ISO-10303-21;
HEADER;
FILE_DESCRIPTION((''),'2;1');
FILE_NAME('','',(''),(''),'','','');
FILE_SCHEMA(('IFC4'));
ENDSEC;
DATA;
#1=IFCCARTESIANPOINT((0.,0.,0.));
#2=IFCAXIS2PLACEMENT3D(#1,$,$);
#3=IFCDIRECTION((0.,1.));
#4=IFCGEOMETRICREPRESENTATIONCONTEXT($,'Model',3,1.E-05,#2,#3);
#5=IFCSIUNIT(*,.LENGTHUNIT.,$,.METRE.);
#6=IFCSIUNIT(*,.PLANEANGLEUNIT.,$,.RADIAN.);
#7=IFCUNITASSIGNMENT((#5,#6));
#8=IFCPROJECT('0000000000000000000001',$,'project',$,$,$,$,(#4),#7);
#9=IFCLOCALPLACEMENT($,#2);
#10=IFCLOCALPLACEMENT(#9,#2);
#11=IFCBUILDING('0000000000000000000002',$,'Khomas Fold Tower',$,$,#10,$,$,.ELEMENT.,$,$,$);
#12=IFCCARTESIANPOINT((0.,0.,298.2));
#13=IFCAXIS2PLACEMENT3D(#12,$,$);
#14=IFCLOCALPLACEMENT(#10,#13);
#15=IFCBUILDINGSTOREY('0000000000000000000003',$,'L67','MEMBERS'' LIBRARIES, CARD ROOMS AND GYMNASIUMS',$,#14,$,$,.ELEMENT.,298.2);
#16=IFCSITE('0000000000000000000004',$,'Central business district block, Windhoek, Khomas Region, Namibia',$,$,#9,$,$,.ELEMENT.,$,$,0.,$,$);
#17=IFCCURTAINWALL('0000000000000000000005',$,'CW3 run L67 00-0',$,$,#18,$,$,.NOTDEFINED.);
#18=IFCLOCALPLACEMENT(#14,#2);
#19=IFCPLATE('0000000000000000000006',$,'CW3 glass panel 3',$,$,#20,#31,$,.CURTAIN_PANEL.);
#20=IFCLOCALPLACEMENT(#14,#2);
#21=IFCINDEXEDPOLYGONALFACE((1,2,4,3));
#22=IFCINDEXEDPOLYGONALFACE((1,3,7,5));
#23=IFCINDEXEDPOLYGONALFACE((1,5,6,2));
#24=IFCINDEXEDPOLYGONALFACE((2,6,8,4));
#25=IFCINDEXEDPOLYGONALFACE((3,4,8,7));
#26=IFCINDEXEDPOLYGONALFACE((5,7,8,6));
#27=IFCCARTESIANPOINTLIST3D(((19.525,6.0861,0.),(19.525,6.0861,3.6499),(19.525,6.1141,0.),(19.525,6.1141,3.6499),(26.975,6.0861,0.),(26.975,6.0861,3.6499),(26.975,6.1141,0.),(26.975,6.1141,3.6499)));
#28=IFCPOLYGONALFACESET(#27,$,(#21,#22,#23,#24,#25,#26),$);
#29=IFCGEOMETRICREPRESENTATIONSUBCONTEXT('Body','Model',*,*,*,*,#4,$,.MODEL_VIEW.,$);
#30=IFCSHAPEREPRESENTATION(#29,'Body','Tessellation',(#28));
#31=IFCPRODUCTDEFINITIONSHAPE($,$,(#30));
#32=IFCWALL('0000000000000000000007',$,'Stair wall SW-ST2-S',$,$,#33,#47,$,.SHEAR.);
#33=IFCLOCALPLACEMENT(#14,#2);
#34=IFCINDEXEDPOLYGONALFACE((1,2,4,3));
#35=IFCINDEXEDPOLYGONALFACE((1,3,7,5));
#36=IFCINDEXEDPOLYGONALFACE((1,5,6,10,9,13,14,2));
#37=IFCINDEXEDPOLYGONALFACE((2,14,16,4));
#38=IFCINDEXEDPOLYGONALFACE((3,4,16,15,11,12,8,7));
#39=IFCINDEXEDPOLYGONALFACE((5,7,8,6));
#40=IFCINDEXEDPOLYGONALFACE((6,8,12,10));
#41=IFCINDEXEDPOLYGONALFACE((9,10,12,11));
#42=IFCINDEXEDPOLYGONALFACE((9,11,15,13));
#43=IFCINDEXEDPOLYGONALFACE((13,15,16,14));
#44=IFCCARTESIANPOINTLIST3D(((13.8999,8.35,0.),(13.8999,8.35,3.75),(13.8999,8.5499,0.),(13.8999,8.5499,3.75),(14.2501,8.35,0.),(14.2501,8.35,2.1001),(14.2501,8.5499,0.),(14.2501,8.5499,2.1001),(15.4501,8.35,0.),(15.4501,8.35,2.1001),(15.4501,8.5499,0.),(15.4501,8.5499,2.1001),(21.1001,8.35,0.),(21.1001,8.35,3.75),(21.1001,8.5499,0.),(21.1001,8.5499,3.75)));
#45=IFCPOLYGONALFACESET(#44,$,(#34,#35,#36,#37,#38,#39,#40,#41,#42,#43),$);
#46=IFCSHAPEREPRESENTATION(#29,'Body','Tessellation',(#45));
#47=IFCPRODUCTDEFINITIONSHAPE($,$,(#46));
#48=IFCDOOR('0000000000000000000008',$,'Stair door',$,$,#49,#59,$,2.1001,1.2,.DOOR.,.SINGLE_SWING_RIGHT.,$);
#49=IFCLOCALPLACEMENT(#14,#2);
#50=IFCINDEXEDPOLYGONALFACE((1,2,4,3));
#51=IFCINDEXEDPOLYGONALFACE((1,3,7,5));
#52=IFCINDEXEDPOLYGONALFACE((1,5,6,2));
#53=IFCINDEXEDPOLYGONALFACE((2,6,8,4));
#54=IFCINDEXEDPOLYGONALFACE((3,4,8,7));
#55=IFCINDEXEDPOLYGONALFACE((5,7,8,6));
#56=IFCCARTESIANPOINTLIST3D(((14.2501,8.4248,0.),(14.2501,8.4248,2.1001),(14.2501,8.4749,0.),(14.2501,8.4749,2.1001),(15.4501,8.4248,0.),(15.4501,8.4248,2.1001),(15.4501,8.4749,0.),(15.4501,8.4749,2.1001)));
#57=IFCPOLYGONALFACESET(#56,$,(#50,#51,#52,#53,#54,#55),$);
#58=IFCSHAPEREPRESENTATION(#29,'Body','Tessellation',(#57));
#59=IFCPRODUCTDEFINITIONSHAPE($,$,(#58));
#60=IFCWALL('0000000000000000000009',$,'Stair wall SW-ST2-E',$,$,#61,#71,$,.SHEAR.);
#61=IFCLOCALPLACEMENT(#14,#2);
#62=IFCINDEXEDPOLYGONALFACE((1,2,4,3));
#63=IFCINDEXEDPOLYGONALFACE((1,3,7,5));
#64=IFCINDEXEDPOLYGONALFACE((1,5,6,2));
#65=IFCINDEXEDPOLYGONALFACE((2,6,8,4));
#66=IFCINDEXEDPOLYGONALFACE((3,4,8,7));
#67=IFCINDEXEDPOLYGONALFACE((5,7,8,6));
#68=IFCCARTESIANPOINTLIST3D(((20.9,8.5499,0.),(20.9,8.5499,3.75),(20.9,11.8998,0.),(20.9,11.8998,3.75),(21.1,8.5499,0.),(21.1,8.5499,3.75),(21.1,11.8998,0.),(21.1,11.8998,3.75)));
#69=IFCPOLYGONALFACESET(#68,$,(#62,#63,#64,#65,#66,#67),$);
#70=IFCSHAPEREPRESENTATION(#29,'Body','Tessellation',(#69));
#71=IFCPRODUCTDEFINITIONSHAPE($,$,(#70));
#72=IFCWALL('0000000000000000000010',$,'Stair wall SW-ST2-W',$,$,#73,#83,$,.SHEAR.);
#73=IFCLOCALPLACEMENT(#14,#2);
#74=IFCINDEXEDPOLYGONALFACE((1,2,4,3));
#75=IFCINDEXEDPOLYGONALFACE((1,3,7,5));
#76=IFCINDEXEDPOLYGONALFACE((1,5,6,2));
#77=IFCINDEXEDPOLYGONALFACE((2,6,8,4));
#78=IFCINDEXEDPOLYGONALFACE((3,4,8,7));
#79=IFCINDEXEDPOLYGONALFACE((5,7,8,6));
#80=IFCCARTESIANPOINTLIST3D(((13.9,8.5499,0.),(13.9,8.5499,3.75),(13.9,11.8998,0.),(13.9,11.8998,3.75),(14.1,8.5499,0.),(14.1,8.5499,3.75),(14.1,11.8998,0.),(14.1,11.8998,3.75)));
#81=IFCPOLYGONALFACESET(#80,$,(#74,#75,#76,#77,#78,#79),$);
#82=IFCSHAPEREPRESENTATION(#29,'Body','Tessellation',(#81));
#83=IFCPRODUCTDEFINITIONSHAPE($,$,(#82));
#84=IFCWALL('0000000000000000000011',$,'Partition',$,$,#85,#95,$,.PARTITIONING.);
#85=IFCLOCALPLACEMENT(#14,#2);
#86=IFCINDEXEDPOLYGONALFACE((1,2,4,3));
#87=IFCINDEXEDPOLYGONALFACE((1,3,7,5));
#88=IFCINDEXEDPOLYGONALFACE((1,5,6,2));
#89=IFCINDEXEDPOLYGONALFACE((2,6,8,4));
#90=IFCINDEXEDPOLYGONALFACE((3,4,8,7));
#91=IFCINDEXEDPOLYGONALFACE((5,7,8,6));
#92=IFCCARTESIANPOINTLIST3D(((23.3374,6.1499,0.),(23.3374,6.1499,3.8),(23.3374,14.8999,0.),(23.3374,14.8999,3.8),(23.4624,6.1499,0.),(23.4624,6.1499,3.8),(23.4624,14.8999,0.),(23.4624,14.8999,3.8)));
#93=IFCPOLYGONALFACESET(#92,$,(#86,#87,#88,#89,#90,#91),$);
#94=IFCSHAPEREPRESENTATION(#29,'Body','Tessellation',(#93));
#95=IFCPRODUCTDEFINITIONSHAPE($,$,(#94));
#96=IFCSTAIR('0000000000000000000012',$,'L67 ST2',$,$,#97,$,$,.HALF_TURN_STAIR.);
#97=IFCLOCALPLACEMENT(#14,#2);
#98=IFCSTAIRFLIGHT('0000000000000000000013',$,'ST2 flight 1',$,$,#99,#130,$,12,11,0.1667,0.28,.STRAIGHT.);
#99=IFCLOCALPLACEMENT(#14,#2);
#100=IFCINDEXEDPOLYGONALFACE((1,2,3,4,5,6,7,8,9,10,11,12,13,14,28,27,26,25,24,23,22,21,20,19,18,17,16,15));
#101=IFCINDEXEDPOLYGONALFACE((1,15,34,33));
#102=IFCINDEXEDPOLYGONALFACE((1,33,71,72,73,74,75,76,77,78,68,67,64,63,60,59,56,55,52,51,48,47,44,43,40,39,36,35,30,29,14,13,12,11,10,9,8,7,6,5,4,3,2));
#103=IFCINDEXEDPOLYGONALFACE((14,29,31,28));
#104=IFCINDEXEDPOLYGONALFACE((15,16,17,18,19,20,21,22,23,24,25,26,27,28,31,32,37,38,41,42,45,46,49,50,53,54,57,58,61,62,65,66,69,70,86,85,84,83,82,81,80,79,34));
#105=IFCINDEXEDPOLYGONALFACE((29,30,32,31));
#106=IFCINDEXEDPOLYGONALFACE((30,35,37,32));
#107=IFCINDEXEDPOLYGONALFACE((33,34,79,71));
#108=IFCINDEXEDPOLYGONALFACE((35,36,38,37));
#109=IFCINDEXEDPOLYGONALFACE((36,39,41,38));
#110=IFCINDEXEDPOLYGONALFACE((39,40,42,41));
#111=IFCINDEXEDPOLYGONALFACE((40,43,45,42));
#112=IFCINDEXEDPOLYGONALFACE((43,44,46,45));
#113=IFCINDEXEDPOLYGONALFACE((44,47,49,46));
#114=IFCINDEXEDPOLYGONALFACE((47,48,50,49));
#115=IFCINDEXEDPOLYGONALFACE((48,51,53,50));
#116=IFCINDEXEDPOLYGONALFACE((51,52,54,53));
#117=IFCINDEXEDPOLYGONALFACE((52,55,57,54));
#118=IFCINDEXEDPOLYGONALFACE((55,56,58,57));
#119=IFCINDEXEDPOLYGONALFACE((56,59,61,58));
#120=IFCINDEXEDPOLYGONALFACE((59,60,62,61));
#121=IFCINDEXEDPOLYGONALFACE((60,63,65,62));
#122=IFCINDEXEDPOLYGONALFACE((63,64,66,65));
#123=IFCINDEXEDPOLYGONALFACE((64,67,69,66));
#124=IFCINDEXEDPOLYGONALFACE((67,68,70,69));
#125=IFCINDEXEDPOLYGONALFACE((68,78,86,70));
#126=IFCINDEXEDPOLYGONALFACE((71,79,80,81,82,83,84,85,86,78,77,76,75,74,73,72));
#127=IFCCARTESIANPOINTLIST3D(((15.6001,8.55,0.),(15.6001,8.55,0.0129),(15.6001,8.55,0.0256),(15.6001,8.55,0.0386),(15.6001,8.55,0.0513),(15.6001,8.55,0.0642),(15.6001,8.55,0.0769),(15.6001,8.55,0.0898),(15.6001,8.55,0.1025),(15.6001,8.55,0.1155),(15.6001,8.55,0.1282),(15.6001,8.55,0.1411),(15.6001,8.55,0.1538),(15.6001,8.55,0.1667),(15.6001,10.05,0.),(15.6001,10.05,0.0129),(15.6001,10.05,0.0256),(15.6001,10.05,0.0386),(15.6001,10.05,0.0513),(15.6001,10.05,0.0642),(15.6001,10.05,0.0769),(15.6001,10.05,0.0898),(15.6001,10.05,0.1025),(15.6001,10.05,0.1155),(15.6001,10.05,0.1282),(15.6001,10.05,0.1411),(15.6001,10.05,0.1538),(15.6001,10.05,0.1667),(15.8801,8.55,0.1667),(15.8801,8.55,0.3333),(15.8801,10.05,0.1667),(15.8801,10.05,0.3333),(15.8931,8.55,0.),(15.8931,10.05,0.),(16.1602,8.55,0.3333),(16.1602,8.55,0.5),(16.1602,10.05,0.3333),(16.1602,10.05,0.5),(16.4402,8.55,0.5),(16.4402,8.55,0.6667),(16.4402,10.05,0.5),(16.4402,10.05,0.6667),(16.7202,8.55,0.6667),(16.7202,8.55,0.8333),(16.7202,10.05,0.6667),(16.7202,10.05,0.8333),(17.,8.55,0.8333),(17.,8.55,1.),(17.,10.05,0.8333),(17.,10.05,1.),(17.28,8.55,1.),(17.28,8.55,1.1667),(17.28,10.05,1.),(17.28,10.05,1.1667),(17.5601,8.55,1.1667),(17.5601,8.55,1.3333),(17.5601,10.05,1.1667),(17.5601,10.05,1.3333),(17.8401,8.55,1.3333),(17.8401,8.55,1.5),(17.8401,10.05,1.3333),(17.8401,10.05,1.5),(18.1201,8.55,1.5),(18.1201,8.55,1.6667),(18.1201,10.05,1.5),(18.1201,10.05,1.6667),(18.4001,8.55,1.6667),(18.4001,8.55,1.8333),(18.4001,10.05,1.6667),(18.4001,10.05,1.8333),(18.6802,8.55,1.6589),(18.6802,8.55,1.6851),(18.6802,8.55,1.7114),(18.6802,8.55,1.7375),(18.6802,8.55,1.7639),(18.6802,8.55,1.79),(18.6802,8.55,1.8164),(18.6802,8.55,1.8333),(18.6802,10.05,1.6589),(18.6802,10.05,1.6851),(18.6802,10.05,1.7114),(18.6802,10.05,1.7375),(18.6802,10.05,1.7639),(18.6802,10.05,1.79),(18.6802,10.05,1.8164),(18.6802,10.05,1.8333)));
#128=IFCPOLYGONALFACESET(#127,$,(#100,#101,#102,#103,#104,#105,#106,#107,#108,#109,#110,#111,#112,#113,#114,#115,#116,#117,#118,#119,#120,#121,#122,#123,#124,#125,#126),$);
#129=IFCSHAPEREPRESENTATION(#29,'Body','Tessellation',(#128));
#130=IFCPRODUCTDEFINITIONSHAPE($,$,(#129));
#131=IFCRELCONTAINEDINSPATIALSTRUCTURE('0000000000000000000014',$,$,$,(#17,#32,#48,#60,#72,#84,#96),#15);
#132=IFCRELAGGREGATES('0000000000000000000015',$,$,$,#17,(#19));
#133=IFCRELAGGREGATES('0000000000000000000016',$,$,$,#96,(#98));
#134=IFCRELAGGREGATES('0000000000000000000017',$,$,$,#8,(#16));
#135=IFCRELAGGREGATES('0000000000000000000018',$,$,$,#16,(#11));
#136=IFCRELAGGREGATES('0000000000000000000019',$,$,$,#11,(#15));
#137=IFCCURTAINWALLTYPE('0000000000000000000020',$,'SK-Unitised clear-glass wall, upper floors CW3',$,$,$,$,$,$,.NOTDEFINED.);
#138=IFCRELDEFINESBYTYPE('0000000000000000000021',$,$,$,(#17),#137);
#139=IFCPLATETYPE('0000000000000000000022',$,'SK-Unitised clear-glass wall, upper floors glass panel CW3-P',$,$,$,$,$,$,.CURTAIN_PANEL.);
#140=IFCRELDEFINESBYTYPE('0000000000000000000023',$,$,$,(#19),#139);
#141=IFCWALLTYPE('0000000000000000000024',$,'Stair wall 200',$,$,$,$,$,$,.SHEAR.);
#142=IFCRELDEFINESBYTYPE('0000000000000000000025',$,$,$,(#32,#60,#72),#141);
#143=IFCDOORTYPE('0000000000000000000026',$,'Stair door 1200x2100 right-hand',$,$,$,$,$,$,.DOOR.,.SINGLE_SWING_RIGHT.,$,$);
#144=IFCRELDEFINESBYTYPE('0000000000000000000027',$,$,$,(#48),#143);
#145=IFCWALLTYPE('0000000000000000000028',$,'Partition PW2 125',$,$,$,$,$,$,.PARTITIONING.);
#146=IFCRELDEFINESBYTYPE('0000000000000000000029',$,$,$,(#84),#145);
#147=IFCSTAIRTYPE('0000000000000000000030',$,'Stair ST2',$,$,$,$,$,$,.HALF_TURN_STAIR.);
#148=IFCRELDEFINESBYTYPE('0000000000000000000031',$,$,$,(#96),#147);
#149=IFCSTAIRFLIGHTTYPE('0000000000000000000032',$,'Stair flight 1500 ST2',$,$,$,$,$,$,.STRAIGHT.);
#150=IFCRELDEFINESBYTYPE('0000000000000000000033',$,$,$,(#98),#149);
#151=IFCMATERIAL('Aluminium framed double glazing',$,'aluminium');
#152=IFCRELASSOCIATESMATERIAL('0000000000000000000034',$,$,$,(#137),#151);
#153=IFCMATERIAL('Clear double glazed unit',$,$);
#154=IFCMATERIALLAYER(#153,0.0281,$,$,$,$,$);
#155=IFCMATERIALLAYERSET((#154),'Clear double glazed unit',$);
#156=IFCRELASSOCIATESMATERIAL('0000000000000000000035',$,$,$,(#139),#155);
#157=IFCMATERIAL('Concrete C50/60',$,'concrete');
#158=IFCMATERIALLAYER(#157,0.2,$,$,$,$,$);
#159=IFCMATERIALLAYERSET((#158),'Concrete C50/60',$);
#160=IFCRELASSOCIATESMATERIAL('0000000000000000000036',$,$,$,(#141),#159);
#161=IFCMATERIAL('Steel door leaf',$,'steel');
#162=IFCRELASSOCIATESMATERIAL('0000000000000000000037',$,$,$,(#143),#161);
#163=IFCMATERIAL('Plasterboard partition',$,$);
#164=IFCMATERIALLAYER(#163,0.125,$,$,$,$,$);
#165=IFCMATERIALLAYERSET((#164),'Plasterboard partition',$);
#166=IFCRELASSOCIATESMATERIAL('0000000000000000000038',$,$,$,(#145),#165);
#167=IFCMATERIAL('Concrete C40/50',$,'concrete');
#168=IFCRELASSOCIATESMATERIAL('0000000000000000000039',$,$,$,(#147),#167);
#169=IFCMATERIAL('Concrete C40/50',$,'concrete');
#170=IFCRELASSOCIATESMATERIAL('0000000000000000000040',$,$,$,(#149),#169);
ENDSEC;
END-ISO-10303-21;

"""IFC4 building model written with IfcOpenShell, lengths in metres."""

from ifc_helpers import new_model, si_unit, direction, frame, frame_2d, origin, origin_2d, place, context, subcontext, project, spatial, polyline, rectangle, outline, extrude, source, transform, mapped, material, layer, layer_set, type_object, element, fill, aggregate, save


model = new_model("IFC4")

# Units and contexts
model_context = context("Model", 3, precision=1e-05, world=origin(), true_north=direction((0.0, 1.0)))
body_context = subcontext(model_context, "Body", "Model", "MODEL_VIEW")
ifc_project = project(units=[si_unit("LENGTHUNIT", "METRE"), si_unit("PLANEANGLEUNIT", "RADIAN")], contexts=[model_context])

# Site, building, storey
site_placement = place(None, origin())
site = spatial("IfcSite", under=ifc_project, at=site_placement, Name="Central business district block, Windhoek, Khomas Region, Namibia", CompositionType="ELEMENT", RefElevation=0.0)
building_placement = place(site_placement, origin())
building = spatial("IfcBuilding", under=site, at=building_placement, Name="Khomas Fold Tower", CompositionType="ELEMENT")
storey_placement = place(building_placement, frame((0.0, 0.0, 298.2)))
storey = spatial("IfcBuildingStorey", under=building, at=storey_placement, Name="L67", Description="MEMBERS' LIBRARIES, CARD ROOMS AND GYMNASIUMS", CompositionType="ELEMENT", Elevation=298.2)

# Curtain wall, plate
ifc_material_1 = material(Name="Aluminium framed double glazing", Category="aluminium")
curtain_wall_type = type_object("IfcCurtainWallType", Name="SK-Unitised clear-glass wall, upper floors CW3", PredefinedType="NOTDEFINED", material=ifc_material_1)
curtain_wall_placement = place(storey_placement, origin())
curtain_wall = element("IfcCurtainWall", 1, at=curtain_wall_placement, inside=storey, type_object=curtain_wall_type, Name="CW3 run L67 00-0", PredefinedType="NOTDEFINED")
ifc_material_2 = material(Name="Clear double glazed unit")
ifc_layer_1 = layer(ifc_material_2, 0.0281)
ifc_layer_set_1 = layer_set([ifc_layer_1], Name="Clear double glazed unit")
plate_type = type_object("IfcPlateType", Name="SK-Unitised clear-glass wall, upper floors glass panel CW3-P", PredefinedType="CURTAIN_PANEL", material=ifc_layer_set_1)
shared_shape_1 = source(origin(), body_context, "Body", "SweptSolid", [
    extrude(rectangle(XDim=7.45, YDim=0.0281, at=origin_2d()), origin(), (0.0, 0.0, 1.0), 3.6499),
])
plate_1_placement = place(storey_placement, frame((23.25, 6.1001, 0.0), z_axis=(0.0, 0.0, 1.0), x_axis=(1.0, 0.0, 0.0)))
plate_1 = element("IfcPlate", 2, at=plate_1_placement, type_object=plate_type, Name="CW3 glass panel 3", PredefinedType="CURTAIN_PANEL", context=body_context, shape_type="MappedRepresentation", body=[
    mapped(shared_shape_1, transform((0.0, 0.0, 0.0))),
])
aggregate(curtain_wall, [plate_1])

# Wall, opening, door
ifc_material_3 = material(Name="Concrete C50/60", Category="concrete")
ifc_layer_2 = layer(ifc_material_3, 0.2)
ifc_layer_set_2 = layer_set([ifc_layer_2], Name="Concrete C50/60")
wall_type_1 = type_object("IfcWallType", Name="Stair wall 200", PredefinedType="SHEAR", material=ifc_layer_set_2)
shared_shape_2 = source(origin(), body_context, "Body", "SweptSolid", [
    extrude(rectangle(XDim=7.2002, YDim=0.2, at=frame_2d((3.6001, 0.0))), origin(), (0.0, 0.0, 1.0), 3.75),
])
wall_1_placement = place(storey_placement, frame((13.8999, 8.45, 0.0), z_axis=(0.0, 0.0, 1.0), x_axis=(1.0, 0.0, 0.0)))
wall_1 = element("IfcWall", 3, at=wall_1_placement, inside=storey, type_object=wall_type_1, Name="Stair wall SW-ST2-S", PredefinedType="SHEAR", context=body_context, shape_type="MappedRepresentation", body=[
    mapped(shared_shape_2, transform((0.0, 0.0, 0.0))),
])
shared_shape_3 = source(origin(), body_context, "Body", "SweptSolid", [
    extrude(rectangle(XDim=1.2, YDim=2.1001, at=frame_2d((0.6001, 1.05))), frame((0.0, 0.1099, 0.0), z_axis=(0.0, -1.0, 0.0), x_axis=(1.0, 0.0, 0.0)), (0.0, 0.0, 1.0), 0.22),
])
opening_placement = place(wall_1_placement, frame((0.3501, 0.0, 0.0)))
opening = element("IfcOpeningElement", 4, at=opening_placement, cuts=wall_1, PredefinedType="OPENING", context=body_context, shape_type="MappedRepresentation", body=[
    mapped(shared_shape_3, transform((0.0, 0.0, 0.0))),
])
ifc_material_4 = material(Name="Steel door leaf", Category="steel")
door_type = type_object("IfcDoorType", Name="Stair door 1200x2100 right-hand", OperationType="SINGLE_SWING_RIGHT", PredefinedType="DOOR", material=ifc_material_4)
shared_shape_4 = source(origin(), body_context, "Body", "SweptSolid", [
    extrude(rectangle(XDim=1.2, YDim=2.1001, at=frame_2d((0.6001, 1.05))), frame((0.0, 0.0249, 0.0), z_axis=(0.0, -1.0, 0.0), x_axis=(1.0, 0.0, 0.0)), (0.0, 0.0, 1.0), 0.05),
])
door_placement = place(opening_placement, origin())
door = element("IfcDoor", 5, at=door_placement, inside=storey, type_object=door_type, Name="Stair door", OperationType="SINGLE_SWING_RIGHT", OverallHeight=2.1001, OverallWidth=1.2, PredefinedType="DOOR", context=body_context, shape_type="MappedRepresentation", body=[
    mapped(shared_shape_4, transform((0.0, 0.0, 0.0))),
])
fill(opening, door)

# Walls
shared_shape_5 = source(origin(), body_context, "Body", "SweptSolid", [
    extrude(rectangle(XDim=3.3499, YDim=0.2, at=frame_2d((1.6748, 0.0))), origin(), (0.0, 0.0, 1.0), 3.75),
])
for number, where, z_axis, x_axis, name in (
    (6, (21.0, 8.55, 0.0), (0.0, 0.0, 1.0), (0.0, 1.0, 0.0), "Stair wall SW-ST2-E"),
    (7, (14.0, 8.55, 0.0), (0.0, 0.0, 1.0), (0.0, 1.0, 0.0), "Stair wall SW-ST2-W"),
):
    element("IfcWall", number, at=place(storey_placement, frame(where, z_axis=z_axis, x_axis=x_axis)), inside=storey, type_object=wall_type_1, Name=name, PredefinedType="SHEAR", context=body_context, shape_type="MappedRepresentation", body=[
        mapped(shared_shape_5, transform((0.0, 0.0, 0.0))),
    ])
ifc_material_5 = material(Name="Plasterboard partition")
ifc_layer_3 = layer(ifc_material_5, 0.125)
ifc_layer_set_3 = layer_set([ifc_layer_3], Name="Plasterboard partition")
wall_type_2 = type_object("IfcWallType", Name="Partition PW2 125", PredefinedType="PARTITIONING", material=ifc_layer_set_3)
shared_shape_6 = source(origin(), body_context, "Body", "SweptSolid", [
    extrude(rectangle(XDim=8.75, YDim=0.125, at=frame_2d((4.375, 0.0))), origin(), (0.0, 0.0, 1.0), 3.8),
])
wall_2_placement = place(storey_placement, frame((23.3999, 6.1499, 0.0), z_axis=(0.0, 0.0, 1.0), x_axis=(0.0, 1.0, 0.0)))
element("IfcWall", 8, at=wall_2_placement, inside=storey, type_object=wall_type_2, Name="Partition", PredefinedType="PARTITIONING", context=body_context, shape_type="MappedRepresentation", body=[
    mapped(shared_shape_6, transform((0.0, 0.0, 0.0))),
])

# Stair, stair flight
ifc_material_6 = material(Name="Concrete C40/50", Category="concrete")
stair_type = type_object("IfcStairType", Name="Stair ST2", PredefinedType="HALF_TURN_STAIR", material=ifc_material_6)
stair_placement = place(storey_placement, origin())
stair = element("IfcStair", 9, at=stair_placement, inside=storey, type_object=stair_type, Name="L67 ST2", PredefinedType="HALF_TURN_STAIR")
ifc_material_7 = material(Name="Concrete C40/50", Category="concrete")
stair_flight_type = type_object("IfcStairFlightType", Name="Stair flight 1500 ST2", PredefinedType="STRAIGHT", material=ifc_material_7)
shared_shape_7 = source(origin(), body_context, "Body", "SweptSolid", [
    extrude(outline(polyline([(0.0, 0.0), (0.0, 0.0129), (0.0, 0.0256), (0.0, 0.0386), (0.0, 0.0513), (0.0, 0.0642), (0.0, 0.0769), (0.0, 0.0898), (0.0, 0.1025), (0.0, 0.1155), (0.0, 0.1282), (0.0, 0.1411), (0.0, 0.1538), (0.0, 0.1667), (0.28, 0.1667), (0.28, 0.3333), (0.5601, 0.3333), (0.5601, 0.5), (0.8401, 0.5), (0.8401, 0.6667), (1.1201, 0.6667), (1.1201, 0.8333), (1.3999, 0.8333), (1.3999, 1.0), (1.6799, 1.0), (1.6799, 1.1667), (1.96, 1.1667), (1.96, 1.3333), (2.24, 1.3333), (2.24, 1.5), (2.52, 1.5), (2.52, 1.6667), (2.8, 1.6667), (2.8, 1.8333), (3.0801, 1.8333), (3.0801, 2.0), (3.0801, 1.9739), (3.0801, 1.9475), (3.0801, 1.9214), (3.0801, 1.895), (3.0801, 1.8689), (3.0801, 1.8425), (3.0801, 1.8164), (3.0801, 1.79), (3.0801, 1.7639), (3.0801, 1.7375), (3.0801, 1.7114), (3.0801, 1.6851), (3.0801, 1.6589), (0.293, 0.0), (0.0, 0.0)])), frame((0.0, 0.75, 0.0), z_axis=(0.0, -1.0, 0.0), x_axis=(1.0, 0.0, 0.0)), (0.0, 0.0, 1.0), 1.5),
])
stair_flight_placement = place(storey_placement, frame((15.6001, 9.3, 0.0), z_axis=(0.0, 0.0, 1.0), x_axis=(1.0, 0.0, 0.0)))
stair_flight = element("IfcStairFlight", 10, at=stair_flight_placement, type_object=stair_flight_type, Name="ST2 flight 1", NumberOfRisers=12, NumberOfTreads=11, PredefinedType="STRAIGHT", RiserHeight=0.1667, TreadLength=0.28, context=body_context, shape_type="MappedRepresentation", body=[
    mapped(shared_shape_7, transform((0.0, 0.0, 0.0))),
])
aggregate(stair, [stair_flight])

save(model, "model.ifc")
